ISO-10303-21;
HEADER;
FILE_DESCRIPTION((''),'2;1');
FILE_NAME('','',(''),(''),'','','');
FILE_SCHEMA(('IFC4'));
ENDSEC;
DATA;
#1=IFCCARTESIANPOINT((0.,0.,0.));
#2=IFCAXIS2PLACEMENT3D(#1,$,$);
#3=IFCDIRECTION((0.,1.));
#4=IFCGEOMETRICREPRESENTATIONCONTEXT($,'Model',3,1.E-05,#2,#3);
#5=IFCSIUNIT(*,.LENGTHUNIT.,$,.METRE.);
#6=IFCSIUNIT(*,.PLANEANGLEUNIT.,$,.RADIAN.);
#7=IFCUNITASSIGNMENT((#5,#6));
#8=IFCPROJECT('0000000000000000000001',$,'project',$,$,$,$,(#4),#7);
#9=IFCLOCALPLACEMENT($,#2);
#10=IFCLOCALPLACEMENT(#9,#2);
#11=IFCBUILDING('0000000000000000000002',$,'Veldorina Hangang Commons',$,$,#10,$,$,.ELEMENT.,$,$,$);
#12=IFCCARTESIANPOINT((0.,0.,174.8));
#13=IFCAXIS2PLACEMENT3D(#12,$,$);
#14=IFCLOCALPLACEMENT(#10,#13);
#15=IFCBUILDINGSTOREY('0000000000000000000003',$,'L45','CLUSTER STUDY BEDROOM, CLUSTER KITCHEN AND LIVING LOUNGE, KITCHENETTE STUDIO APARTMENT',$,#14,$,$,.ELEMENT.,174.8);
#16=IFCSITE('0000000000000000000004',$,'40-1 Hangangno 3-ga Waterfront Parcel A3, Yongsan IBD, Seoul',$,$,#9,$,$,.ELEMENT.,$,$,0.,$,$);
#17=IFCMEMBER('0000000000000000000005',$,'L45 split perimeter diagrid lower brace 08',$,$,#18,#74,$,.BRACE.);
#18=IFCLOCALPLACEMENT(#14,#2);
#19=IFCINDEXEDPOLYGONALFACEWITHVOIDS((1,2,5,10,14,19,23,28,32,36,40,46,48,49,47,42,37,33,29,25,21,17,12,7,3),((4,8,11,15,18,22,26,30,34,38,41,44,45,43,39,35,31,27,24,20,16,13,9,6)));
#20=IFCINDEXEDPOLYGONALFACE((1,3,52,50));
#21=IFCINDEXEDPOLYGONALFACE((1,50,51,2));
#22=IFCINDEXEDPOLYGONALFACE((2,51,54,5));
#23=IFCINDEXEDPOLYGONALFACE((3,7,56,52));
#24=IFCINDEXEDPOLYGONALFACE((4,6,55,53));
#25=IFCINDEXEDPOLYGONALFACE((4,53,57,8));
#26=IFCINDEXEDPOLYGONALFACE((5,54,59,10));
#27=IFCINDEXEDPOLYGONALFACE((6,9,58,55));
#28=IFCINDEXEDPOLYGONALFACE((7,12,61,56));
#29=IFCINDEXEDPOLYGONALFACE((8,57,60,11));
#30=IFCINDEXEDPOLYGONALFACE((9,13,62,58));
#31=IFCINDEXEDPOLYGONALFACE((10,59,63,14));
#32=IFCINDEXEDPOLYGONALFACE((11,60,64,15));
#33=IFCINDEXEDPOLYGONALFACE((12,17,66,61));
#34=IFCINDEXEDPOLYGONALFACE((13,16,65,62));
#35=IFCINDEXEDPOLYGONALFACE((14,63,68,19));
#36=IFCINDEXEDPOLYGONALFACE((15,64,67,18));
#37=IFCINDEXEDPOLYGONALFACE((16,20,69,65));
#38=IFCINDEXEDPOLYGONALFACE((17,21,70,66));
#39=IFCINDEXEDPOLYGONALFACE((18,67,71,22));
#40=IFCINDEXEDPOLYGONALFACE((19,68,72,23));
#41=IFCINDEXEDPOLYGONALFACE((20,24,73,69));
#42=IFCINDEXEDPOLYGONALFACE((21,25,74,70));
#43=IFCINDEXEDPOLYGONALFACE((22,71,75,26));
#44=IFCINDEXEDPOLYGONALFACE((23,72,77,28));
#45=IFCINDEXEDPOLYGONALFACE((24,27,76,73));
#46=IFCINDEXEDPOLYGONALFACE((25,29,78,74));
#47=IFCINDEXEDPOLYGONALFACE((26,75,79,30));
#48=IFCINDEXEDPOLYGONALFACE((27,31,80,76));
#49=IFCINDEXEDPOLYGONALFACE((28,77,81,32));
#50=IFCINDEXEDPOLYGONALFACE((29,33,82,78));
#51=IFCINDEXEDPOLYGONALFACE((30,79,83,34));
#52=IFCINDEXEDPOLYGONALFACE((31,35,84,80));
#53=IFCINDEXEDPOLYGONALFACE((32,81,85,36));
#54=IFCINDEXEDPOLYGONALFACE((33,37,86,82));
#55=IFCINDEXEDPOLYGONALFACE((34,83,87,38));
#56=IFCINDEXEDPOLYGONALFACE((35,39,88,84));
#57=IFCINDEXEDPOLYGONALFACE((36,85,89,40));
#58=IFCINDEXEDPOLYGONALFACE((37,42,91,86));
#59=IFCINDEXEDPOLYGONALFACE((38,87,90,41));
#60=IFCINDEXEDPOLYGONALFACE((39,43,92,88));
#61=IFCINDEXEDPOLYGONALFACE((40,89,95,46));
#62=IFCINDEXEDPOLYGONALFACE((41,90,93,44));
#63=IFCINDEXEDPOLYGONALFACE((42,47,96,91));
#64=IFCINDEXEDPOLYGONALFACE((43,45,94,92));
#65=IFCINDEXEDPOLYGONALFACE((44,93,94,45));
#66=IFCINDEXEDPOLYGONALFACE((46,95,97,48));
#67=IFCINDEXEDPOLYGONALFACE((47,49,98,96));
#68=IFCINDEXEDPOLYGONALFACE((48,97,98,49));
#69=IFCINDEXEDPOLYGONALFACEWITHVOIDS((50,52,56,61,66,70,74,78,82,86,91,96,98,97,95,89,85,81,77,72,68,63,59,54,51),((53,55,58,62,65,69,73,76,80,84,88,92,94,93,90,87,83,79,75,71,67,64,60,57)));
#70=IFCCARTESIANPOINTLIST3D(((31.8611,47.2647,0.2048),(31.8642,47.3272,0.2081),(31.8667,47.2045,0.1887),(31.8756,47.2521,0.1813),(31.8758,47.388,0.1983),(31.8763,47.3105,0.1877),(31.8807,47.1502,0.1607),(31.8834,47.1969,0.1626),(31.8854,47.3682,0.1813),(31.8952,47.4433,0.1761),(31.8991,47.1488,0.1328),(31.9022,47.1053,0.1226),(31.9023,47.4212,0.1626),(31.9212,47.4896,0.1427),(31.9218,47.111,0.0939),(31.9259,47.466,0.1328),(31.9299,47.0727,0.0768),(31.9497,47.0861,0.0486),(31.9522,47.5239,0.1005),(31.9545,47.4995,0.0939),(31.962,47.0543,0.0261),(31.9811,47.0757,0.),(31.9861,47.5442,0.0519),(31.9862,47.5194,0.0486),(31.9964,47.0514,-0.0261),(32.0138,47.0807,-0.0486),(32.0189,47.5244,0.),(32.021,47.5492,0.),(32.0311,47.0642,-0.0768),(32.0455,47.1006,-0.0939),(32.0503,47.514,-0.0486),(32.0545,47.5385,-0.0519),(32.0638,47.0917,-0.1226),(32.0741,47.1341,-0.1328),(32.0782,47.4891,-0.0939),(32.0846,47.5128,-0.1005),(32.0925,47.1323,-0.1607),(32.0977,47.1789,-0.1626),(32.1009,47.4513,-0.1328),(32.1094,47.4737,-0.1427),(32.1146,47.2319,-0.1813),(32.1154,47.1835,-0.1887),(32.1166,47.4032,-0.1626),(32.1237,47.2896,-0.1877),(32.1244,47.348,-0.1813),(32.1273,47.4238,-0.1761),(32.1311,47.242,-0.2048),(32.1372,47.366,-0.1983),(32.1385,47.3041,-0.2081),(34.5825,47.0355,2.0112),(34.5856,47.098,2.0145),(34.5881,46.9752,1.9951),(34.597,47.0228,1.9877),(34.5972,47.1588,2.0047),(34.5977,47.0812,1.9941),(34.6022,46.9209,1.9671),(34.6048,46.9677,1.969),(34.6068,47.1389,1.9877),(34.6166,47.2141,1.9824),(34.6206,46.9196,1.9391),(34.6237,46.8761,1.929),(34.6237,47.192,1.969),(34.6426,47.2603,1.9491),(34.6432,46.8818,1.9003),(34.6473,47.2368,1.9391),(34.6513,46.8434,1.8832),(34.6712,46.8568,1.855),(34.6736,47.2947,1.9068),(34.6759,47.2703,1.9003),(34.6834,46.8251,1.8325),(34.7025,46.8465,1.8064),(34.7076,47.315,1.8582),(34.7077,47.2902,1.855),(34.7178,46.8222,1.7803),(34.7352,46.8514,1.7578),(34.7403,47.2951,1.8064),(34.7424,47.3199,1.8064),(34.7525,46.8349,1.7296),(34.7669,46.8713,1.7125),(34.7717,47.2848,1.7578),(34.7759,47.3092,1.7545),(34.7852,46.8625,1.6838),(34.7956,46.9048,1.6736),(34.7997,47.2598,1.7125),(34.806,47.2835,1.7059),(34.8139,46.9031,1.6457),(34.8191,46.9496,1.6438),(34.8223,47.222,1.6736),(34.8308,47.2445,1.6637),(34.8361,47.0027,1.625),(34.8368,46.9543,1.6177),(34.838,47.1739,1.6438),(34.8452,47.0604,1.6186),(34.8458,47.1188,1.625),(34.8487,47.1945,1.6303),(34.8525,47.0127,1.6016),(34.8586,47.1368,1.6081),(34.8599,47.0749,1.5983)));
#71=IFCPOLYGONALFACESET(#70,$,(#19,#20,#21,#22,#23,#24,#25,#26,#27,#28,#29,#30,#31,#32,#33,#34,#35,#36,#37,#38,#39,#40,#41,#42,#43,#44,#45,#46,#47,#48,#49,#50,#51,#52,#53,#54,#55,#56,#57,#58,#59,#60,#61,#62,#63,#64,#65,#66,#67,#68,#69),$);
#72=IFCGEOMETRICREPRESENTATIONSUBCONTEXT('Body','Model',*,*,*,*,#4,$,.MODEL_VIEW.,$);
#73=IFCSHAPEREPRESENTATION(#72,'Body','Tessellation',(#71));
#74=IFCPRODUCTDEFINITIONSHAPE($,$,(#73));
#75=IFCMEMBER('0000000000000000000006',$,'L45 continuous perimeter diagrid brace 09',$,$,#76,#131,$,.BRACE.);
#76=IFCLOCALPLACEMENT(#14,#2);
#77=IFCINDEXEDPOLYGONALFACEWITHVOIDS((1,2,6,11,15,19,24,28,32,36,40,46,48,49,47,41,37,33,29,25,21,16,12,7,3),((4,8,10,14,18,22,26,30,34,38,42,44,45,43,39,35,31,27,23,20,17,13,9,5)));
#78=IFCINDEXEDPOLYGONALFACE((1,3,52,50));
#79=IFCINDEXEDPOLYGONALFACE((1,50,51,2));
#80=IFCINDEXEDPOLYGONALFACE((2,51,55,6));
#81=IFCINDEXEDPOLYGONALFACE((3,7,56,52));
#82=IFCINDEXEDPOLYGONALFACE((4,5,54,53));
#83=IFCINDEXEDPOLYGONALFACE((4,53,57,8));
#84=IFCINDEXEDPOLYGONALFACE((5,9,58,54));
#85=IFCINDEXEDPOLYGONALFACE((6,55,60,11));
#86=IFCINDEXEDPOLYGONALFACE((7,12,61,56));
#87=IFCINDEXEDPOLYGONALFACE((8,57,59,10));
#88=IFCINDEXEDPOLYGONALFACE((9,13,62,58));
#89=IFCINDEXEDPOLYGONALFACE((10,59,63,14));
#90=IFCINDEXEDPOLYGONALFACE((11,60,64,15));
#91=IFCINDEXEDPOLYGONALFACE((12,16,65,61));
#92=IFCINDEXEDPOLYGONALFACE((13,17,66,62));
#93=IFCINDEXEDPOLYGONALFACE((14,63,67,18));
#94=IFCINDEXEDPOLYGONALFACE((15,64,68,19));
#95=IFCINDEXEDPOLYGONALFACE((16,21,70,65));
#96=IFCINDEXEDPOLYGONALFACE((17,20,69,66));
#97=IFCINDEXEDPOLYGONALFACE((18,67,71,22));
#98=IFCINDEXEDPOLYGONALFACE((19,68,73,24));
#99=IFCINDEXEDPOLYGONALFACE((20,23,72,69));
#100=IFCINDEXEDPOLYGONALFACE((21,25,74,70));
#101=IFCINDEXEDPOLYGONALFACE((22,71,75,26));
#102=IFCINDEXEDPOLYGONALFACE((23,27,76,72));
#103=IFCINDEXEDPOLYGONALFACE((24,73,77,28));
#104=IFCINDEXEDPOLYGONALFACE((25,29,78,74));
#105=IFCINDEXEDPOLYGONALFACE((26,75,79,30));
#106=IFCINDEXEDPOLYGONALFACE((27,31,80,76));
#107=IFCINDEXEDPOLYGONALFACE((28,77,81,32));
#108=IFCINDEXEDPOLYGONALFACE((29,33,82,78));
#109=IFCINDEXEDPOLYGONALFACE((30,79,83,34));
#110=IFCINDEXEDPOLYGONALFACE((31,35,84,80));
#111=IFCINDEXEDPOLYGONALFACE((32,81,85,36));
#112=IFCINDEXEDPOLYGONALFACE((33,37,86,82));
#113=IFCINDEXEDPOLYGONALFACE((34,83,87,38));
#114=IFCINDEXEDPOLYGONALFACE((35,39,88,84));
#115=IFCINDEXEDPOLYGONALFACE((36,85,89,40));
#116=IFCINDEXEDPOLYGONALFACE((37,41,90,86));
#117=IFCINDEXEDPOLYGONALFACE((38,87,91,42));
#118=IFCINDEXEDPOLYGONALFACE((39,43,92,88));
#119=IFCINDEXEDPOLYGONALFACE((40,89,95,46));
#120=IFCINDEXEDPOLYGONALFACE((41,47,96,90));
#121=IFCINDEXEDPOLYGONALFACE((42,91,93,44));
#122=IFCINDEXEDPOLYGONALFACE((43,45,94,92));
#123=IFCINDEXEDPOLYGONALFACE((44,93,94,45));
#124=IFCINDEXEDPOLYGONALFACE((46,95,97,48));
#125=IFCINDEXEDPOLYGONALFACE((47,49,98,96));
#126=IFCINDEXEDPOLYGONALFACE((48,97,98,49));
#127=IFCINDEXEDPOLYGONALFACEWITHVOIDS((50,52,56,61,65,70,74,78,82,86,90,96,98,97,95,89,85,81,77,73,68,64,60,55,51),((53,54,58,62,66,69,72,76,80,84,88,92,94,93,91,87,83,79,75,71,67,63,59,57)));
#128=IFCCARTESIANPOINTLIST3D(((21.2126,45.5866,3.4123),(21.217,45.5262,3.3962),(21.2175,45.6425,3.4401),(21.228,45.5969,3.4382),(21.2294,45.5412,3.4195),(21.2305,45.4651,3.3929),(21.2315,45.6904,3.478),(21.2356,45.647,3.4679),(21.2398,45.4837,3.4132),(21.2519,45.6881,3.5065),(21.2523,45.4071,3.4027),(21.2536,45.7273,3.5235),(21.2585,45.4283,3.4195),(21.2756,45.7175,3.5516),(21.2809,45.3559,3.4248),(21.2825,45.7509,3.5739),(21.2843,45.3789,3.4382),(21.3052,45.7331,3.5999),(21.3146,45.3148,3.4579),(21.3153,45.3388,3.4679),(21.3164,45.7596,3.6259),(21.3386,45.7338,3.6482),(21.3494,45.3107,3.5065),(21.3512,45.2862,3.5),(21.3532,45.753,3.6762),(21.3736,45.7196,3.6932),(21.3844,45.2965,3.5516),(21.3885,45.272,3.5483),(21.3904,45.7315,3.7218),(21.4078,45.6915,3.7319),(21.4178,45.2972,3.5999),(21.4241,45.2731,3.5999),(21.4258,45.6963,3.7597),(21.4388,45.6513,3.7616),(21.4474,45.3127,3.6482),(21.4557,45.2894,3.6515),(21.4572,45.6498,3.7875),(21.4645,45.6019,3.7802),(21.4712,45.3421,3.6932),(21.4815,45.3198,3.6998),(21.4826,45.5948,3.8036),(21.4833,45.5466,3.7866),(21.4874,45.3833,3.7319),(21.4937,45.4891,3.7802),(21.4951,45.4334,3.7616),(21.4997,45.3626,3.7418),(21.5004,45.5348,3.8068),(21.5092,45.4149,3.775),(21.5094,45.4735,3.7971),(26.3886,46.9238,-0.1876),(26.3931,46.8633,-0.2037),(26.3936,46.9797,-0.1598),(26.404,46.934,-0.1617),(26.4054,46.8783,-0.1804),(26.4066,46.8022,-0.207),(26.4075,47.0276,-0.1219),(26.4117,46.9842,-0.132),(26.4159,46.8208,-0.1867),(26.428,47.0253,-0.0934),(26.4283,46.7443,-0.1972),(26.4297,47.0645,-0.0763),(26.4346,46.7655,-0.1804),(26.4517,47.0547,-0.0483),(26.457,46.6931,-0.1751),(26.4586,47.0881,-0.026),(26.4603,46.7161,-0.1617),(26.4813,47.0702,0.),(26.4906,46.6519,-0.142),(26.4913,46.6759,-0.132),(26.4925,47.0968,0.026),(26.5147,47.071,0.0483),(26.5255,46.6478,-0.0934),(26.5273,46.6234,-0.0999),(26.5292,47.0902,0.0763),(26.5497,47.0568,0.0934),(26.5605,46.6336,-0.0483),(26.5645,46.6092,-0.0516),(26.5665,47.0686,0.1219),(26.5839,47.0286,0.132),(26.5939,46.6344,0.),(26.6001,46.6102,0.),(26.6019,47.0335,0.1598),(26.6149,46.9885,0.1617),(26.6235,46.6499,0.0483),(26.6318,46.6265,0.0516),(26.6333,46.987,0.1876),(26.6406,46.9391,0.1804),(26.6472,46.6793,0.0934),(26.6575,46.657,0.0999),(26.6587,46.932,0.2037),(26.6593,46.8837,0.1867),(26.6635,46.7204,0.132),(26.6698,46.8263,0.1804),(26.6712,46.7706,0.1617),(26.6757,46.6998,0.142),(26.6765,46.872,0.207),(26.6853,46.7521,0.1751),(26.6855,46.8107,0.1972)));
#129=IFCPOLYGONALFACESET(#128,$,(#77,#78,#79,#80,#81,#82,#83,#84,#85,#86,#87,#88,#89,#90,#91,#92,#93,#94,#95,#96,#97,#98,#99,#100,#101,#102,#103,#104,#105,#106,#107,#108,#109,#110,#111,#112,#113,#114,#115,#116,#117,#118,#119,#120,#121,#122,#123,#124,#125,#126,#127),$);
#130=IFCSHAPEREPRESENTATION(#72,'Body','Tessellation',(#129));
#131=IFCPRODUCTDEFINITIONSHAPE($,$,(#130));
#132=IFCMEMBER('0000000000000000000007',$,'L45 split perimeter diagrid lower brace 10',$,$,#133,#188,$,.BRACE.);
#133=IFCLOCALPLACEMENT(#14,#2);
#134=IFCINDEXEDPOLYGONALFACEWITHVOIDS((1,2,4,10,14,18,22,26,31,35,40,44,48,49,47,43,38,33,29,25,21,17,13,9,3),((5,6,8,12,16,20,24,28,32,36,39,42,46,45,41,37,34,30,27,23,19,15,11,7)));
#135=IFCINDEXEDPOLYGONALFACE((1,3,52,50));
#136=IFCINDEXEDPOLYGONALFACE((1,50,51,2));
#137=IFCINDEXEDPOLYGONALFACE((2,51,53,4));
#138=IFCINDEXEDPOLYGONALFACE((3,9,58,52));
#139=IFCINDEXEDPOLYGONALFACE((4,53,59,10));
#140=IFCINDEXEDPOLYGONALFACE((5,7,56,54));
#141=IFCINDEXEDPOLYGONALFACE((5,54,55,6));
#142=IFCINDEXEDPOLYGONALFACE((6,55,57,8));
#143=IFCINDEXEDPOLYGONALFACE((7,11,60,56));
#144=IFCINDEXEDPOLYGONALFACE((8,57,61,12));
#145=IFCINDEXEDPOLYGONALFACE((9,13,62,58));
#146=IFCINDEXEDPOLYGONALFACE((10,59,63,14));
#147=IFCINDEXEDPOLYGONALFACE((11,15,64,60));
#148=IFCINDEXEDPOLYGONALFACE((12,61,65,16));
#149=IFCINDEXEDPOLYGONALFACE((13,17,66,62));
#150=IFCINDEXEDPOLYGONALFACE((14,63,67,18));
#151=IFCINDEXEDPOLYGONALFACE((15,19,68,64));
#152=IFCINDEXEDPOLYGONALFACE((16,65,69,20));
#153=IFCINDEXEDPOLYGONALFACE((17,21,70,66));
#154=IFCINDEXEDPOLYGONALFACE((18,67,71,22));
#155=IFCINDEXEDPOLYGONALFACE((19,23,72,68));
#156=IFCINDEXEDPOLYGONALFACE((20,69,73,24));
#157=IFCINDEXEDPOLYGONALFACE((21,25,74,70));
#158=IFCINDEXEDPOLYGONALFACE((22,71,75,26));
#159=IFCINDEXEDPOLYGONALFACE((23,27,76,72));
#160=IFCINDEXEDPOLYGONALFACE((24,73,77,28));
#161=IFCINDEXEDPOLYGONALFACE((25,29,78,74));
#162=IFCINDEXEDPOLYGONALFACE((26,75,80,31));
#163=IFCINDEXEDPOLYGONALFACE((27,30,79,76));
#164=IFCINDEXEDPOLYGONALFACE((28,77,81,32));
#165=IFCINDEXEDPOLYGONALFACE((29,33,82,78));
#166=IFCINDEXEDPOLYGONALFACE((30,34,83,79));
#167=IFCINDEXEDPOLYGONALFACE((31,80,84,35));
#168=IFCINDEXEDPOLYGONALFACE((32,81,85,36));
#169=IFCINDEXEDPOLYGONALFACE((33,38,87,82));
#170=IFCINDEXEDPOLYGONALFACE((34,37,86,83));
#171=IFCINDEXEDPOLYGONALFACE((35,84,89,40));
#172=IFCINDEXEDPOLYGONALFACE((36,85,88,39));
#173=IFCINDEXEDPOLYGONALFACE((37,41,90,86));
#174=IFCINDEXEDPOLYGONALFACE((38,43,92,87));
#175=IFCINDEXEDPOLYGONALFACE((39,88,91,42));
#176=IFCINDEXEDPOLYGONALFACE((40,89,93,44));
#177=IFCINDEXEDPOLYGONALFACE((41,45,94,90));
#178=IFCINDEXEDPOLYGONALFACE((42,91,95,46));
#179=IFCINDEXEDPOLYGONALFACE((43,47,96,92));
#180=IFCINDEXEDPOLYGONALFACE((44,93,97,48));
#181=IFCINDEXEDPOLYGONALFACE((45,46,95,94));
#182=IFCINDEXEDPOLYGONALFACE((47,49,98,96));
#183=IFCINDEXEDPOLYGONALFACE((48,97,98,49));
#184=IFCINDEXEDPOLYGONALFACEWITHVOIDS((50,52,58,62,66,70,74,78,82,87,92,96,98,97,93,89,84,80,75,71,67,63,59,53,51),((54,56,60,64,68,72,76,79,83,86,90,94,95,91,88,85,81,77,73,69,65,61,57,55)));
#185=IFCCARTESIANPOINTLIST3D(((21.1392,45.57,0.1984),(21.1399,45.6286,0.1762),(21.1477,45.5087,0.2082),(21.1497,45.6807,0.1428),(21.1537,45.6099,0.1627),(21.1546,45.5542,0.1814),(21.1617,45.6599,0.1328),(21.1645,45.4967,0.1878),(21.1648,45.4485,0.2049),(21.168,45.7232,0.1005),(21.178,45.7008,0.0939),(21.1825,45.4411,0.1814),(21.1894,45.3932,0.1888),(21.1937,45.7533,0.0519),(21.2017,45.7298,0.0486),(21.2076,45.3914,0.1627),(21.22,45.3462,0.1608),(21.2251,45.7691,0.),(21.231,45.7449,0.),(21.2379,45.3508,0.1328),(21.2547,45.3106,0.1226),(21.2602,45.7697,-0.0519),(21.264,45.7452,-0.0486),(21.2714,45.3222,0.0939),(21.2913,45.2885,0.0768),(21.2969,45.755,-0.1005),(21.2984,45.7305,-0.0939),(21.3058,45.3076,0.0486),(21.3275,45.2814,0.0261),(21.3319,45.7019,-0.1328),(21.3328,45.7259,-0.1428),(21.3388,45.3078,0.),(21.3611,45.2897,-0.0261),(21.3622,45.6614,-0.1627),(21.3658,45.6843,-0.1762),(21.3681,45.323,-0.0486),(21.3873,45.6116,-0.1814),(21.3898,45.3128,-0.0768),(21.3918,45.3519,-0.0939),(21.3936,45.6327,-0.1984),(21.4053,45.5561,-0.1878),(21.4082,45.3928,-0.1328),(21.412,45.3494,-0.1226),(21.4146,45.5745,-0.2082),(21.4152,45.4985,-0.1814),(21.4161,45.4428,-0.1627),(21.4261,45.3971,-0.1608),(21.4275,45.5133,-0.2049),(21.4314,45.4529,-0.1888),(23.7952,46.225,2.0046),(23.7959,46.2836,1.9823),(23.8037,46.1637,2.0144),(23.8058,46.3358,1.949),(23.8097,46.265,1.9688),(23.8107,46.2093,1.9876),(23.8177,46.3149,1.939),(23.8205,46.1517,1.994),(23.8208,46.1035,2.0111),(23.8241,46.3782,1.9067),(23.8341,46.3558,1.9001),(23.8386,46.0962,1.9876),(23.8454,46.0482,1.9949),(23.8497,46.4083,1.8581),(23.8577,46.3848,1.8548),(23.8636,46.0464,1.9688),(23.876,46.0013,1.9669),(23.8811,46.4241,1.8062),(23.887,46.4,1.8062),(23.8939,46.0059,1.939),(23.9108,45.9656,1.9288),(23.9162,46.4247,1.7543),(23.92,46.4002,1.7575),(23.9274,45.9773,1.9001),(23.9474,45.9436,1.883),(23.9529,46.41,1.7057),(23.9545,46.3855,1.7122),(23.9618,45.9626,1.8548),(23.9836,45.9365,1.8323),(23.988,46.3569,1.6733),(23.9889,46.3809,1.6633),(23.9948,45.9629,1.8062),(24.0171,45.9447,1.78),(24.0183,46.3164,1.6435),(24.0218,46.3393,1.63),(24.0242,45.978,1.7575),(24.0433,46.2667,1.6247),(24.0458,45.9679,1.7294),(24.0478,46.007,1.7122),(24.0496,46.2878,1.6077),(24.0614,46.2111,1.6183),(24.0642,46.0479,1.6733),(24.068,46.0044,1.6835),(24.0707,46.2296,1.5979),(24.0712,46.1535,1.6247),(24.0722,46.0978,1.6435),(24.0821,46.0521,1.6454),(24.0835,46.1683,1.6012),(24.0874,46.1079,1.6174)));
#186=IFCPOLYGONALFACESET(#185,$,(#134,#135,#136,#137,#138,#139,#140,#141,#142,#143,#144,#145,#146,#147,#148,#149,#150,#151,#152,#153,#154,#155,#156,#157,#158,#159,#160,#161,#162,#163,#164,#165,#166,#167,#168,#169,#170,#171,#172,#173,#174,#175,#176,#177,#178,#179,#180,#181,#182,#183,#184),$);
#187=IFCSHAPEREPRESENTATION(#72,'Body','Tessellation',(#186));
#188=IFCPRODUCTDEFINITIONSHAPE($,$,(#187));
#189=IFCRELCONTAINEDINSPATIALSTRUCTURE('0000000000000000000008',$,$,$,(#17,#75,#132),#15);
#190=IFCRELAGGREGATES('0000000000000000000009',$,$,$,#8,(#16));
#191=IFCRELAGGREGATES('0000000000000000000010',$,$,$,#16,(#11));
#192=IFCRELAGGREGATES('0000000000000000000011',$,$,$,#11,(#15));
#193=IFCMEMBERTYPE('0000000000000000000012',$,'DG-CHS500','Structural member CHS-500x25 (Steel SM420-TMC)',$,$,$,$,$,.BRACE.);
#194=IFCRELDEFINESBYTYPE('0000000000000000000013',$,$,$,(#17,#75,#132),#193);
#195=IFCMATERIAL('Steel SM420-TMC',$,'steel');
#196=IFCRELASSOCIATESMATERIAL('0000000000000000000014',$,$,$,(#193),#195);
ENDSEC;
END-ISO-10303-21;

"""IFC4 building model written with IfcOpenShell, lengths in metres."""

from ifc_helpers import new_model, si_unit, direction, frame, origin, origin_2d, place, context, subcontext, project, spatial, hollow_circle, extrude, material, material_profile, profile_set, type_object, element, save


model = new_model("IFC4")

# Units and contexts
model_context = context("Model", 3, precision=1e-05, world=origin(), true_north=direction((0.0, 1.0)))
body_context = subcontext(model_context, "Body", "Model", "MODEL_VIEW")
ifc_project = project(units=[si_unit("LENGTHUNIT", "METRE"), si_unit("PLANEANGLEUNIT", "RADIAN")], contexts=[model_context])

# Site, building, storey
site_placement = place(None, origin())
site = spatial("IfcSite", under=ifc_project, at=site_placement, Name="40-1 Hangangno 3-ga Waterfront Parcel A3, Yongsan IBD, Seoul", CompositionType="ELEMENT", RefElevation=0.0)
building_placement = place(site_placement, origin())
building = spatial("IfcBuilding", under=site, at=building_placement, Name="Veldorina Hangang Commons", CompositionType="ELEMENT")
storey_placement = place(building_placement, frame((0.0, 0.0, 174.8)))
storey = spatial("IfcBuildingStorey", under=building, at=storey_placement, Name="L45", Description="CLUSTER STUDY BEDROOM, CLUSTER KITCHEN AND LIVING LOUNGE, KITCHENETTE STUDIO APARTMENT", CompositionType="ELEMENT", Elevation=174.8)

# Shared definitions
ifc_material_1 = material(Name="Steel SM420-TMC", Category="steel")

# Members
ifc_material_profile_1 = material_profile(ifc_material_1, hollow_circle(Radius=0.25, WallThickness=0.0249, at=origin_2d()), Name="CHS-500x25")
ifc_profile_set_1 = profile_set([ifc_material_profile_1], Name="Steel SM420-TMC")
member_type = type_object("IfcMemberType", Name="DG-CHS500", Description="Structural member CHS-500x25 (Steel SM420-TMC)", PredefinedType="BRACE", material=ifc_profile_set_1)
member_1_placement = place(storey_placement, frame((32.0, 47.3, 0.0), z_axis=(0.83112, -0.070012, 0.551669), x_axis=(0.083941, 0.996471, 0.0)))
element("IfcMember", 1, at=member_1_placement, inside=storey, type_object=member_type, Name="L45 split perimeter diagrid lower brace 08", PredefinedType="BRACE", context=body_context, shape_type="SweptSolid", body=[
    extrude(hollow_circle(Radius=0.25, WallThickness=0.0249, at=origin_2d()), origin(), (0.0, 0.0, 1.0), 3.2744),
])
member_2_placement = place(storey_placement, frame((26.5376, 46.8523, 0.0), z_axis=(-0.803106, -0.207472, 0.558549), x_axis=(0.250125, -0.968213, 0.0)))
element("IfcMember", 2, at=member_2_placement, inside=storey, type_object=member_type, Name="L45 continuous perimeter diagrid brace 09", PredefinedType="BRACE", context=body_context, shape_type="SweptSolid", body=[
    extrude(hollow_circle(Radius=0.25, WallThickness=0.0249, at=origin_2d()), origin(), (0.0, 0.0, 1.0), 6.4451),
])
member_3_placement = place(storey_placement, frame((21.2849, 45.5264, 0.0), z_axis=(0.810239, 0.199823, 0.550984), x_axis=(-0.239448, 0.970909, 0.0)))
element("IfcMember", 3, at=member_3_placement, inside=storey, type_object=member_type, Name="L45 split perimeter diagrid lower brace 10", PredefinedType="BRACE", context=body_context, shape_type="SweptSolid", body=[
    extrude(hollow_circle(Radius=0.25, WallThickness=0.0249, at=origin_2d()), origin(), (0.0, 0.0, 1.0), 3.2781),
])

save(model, "model.ifc")
